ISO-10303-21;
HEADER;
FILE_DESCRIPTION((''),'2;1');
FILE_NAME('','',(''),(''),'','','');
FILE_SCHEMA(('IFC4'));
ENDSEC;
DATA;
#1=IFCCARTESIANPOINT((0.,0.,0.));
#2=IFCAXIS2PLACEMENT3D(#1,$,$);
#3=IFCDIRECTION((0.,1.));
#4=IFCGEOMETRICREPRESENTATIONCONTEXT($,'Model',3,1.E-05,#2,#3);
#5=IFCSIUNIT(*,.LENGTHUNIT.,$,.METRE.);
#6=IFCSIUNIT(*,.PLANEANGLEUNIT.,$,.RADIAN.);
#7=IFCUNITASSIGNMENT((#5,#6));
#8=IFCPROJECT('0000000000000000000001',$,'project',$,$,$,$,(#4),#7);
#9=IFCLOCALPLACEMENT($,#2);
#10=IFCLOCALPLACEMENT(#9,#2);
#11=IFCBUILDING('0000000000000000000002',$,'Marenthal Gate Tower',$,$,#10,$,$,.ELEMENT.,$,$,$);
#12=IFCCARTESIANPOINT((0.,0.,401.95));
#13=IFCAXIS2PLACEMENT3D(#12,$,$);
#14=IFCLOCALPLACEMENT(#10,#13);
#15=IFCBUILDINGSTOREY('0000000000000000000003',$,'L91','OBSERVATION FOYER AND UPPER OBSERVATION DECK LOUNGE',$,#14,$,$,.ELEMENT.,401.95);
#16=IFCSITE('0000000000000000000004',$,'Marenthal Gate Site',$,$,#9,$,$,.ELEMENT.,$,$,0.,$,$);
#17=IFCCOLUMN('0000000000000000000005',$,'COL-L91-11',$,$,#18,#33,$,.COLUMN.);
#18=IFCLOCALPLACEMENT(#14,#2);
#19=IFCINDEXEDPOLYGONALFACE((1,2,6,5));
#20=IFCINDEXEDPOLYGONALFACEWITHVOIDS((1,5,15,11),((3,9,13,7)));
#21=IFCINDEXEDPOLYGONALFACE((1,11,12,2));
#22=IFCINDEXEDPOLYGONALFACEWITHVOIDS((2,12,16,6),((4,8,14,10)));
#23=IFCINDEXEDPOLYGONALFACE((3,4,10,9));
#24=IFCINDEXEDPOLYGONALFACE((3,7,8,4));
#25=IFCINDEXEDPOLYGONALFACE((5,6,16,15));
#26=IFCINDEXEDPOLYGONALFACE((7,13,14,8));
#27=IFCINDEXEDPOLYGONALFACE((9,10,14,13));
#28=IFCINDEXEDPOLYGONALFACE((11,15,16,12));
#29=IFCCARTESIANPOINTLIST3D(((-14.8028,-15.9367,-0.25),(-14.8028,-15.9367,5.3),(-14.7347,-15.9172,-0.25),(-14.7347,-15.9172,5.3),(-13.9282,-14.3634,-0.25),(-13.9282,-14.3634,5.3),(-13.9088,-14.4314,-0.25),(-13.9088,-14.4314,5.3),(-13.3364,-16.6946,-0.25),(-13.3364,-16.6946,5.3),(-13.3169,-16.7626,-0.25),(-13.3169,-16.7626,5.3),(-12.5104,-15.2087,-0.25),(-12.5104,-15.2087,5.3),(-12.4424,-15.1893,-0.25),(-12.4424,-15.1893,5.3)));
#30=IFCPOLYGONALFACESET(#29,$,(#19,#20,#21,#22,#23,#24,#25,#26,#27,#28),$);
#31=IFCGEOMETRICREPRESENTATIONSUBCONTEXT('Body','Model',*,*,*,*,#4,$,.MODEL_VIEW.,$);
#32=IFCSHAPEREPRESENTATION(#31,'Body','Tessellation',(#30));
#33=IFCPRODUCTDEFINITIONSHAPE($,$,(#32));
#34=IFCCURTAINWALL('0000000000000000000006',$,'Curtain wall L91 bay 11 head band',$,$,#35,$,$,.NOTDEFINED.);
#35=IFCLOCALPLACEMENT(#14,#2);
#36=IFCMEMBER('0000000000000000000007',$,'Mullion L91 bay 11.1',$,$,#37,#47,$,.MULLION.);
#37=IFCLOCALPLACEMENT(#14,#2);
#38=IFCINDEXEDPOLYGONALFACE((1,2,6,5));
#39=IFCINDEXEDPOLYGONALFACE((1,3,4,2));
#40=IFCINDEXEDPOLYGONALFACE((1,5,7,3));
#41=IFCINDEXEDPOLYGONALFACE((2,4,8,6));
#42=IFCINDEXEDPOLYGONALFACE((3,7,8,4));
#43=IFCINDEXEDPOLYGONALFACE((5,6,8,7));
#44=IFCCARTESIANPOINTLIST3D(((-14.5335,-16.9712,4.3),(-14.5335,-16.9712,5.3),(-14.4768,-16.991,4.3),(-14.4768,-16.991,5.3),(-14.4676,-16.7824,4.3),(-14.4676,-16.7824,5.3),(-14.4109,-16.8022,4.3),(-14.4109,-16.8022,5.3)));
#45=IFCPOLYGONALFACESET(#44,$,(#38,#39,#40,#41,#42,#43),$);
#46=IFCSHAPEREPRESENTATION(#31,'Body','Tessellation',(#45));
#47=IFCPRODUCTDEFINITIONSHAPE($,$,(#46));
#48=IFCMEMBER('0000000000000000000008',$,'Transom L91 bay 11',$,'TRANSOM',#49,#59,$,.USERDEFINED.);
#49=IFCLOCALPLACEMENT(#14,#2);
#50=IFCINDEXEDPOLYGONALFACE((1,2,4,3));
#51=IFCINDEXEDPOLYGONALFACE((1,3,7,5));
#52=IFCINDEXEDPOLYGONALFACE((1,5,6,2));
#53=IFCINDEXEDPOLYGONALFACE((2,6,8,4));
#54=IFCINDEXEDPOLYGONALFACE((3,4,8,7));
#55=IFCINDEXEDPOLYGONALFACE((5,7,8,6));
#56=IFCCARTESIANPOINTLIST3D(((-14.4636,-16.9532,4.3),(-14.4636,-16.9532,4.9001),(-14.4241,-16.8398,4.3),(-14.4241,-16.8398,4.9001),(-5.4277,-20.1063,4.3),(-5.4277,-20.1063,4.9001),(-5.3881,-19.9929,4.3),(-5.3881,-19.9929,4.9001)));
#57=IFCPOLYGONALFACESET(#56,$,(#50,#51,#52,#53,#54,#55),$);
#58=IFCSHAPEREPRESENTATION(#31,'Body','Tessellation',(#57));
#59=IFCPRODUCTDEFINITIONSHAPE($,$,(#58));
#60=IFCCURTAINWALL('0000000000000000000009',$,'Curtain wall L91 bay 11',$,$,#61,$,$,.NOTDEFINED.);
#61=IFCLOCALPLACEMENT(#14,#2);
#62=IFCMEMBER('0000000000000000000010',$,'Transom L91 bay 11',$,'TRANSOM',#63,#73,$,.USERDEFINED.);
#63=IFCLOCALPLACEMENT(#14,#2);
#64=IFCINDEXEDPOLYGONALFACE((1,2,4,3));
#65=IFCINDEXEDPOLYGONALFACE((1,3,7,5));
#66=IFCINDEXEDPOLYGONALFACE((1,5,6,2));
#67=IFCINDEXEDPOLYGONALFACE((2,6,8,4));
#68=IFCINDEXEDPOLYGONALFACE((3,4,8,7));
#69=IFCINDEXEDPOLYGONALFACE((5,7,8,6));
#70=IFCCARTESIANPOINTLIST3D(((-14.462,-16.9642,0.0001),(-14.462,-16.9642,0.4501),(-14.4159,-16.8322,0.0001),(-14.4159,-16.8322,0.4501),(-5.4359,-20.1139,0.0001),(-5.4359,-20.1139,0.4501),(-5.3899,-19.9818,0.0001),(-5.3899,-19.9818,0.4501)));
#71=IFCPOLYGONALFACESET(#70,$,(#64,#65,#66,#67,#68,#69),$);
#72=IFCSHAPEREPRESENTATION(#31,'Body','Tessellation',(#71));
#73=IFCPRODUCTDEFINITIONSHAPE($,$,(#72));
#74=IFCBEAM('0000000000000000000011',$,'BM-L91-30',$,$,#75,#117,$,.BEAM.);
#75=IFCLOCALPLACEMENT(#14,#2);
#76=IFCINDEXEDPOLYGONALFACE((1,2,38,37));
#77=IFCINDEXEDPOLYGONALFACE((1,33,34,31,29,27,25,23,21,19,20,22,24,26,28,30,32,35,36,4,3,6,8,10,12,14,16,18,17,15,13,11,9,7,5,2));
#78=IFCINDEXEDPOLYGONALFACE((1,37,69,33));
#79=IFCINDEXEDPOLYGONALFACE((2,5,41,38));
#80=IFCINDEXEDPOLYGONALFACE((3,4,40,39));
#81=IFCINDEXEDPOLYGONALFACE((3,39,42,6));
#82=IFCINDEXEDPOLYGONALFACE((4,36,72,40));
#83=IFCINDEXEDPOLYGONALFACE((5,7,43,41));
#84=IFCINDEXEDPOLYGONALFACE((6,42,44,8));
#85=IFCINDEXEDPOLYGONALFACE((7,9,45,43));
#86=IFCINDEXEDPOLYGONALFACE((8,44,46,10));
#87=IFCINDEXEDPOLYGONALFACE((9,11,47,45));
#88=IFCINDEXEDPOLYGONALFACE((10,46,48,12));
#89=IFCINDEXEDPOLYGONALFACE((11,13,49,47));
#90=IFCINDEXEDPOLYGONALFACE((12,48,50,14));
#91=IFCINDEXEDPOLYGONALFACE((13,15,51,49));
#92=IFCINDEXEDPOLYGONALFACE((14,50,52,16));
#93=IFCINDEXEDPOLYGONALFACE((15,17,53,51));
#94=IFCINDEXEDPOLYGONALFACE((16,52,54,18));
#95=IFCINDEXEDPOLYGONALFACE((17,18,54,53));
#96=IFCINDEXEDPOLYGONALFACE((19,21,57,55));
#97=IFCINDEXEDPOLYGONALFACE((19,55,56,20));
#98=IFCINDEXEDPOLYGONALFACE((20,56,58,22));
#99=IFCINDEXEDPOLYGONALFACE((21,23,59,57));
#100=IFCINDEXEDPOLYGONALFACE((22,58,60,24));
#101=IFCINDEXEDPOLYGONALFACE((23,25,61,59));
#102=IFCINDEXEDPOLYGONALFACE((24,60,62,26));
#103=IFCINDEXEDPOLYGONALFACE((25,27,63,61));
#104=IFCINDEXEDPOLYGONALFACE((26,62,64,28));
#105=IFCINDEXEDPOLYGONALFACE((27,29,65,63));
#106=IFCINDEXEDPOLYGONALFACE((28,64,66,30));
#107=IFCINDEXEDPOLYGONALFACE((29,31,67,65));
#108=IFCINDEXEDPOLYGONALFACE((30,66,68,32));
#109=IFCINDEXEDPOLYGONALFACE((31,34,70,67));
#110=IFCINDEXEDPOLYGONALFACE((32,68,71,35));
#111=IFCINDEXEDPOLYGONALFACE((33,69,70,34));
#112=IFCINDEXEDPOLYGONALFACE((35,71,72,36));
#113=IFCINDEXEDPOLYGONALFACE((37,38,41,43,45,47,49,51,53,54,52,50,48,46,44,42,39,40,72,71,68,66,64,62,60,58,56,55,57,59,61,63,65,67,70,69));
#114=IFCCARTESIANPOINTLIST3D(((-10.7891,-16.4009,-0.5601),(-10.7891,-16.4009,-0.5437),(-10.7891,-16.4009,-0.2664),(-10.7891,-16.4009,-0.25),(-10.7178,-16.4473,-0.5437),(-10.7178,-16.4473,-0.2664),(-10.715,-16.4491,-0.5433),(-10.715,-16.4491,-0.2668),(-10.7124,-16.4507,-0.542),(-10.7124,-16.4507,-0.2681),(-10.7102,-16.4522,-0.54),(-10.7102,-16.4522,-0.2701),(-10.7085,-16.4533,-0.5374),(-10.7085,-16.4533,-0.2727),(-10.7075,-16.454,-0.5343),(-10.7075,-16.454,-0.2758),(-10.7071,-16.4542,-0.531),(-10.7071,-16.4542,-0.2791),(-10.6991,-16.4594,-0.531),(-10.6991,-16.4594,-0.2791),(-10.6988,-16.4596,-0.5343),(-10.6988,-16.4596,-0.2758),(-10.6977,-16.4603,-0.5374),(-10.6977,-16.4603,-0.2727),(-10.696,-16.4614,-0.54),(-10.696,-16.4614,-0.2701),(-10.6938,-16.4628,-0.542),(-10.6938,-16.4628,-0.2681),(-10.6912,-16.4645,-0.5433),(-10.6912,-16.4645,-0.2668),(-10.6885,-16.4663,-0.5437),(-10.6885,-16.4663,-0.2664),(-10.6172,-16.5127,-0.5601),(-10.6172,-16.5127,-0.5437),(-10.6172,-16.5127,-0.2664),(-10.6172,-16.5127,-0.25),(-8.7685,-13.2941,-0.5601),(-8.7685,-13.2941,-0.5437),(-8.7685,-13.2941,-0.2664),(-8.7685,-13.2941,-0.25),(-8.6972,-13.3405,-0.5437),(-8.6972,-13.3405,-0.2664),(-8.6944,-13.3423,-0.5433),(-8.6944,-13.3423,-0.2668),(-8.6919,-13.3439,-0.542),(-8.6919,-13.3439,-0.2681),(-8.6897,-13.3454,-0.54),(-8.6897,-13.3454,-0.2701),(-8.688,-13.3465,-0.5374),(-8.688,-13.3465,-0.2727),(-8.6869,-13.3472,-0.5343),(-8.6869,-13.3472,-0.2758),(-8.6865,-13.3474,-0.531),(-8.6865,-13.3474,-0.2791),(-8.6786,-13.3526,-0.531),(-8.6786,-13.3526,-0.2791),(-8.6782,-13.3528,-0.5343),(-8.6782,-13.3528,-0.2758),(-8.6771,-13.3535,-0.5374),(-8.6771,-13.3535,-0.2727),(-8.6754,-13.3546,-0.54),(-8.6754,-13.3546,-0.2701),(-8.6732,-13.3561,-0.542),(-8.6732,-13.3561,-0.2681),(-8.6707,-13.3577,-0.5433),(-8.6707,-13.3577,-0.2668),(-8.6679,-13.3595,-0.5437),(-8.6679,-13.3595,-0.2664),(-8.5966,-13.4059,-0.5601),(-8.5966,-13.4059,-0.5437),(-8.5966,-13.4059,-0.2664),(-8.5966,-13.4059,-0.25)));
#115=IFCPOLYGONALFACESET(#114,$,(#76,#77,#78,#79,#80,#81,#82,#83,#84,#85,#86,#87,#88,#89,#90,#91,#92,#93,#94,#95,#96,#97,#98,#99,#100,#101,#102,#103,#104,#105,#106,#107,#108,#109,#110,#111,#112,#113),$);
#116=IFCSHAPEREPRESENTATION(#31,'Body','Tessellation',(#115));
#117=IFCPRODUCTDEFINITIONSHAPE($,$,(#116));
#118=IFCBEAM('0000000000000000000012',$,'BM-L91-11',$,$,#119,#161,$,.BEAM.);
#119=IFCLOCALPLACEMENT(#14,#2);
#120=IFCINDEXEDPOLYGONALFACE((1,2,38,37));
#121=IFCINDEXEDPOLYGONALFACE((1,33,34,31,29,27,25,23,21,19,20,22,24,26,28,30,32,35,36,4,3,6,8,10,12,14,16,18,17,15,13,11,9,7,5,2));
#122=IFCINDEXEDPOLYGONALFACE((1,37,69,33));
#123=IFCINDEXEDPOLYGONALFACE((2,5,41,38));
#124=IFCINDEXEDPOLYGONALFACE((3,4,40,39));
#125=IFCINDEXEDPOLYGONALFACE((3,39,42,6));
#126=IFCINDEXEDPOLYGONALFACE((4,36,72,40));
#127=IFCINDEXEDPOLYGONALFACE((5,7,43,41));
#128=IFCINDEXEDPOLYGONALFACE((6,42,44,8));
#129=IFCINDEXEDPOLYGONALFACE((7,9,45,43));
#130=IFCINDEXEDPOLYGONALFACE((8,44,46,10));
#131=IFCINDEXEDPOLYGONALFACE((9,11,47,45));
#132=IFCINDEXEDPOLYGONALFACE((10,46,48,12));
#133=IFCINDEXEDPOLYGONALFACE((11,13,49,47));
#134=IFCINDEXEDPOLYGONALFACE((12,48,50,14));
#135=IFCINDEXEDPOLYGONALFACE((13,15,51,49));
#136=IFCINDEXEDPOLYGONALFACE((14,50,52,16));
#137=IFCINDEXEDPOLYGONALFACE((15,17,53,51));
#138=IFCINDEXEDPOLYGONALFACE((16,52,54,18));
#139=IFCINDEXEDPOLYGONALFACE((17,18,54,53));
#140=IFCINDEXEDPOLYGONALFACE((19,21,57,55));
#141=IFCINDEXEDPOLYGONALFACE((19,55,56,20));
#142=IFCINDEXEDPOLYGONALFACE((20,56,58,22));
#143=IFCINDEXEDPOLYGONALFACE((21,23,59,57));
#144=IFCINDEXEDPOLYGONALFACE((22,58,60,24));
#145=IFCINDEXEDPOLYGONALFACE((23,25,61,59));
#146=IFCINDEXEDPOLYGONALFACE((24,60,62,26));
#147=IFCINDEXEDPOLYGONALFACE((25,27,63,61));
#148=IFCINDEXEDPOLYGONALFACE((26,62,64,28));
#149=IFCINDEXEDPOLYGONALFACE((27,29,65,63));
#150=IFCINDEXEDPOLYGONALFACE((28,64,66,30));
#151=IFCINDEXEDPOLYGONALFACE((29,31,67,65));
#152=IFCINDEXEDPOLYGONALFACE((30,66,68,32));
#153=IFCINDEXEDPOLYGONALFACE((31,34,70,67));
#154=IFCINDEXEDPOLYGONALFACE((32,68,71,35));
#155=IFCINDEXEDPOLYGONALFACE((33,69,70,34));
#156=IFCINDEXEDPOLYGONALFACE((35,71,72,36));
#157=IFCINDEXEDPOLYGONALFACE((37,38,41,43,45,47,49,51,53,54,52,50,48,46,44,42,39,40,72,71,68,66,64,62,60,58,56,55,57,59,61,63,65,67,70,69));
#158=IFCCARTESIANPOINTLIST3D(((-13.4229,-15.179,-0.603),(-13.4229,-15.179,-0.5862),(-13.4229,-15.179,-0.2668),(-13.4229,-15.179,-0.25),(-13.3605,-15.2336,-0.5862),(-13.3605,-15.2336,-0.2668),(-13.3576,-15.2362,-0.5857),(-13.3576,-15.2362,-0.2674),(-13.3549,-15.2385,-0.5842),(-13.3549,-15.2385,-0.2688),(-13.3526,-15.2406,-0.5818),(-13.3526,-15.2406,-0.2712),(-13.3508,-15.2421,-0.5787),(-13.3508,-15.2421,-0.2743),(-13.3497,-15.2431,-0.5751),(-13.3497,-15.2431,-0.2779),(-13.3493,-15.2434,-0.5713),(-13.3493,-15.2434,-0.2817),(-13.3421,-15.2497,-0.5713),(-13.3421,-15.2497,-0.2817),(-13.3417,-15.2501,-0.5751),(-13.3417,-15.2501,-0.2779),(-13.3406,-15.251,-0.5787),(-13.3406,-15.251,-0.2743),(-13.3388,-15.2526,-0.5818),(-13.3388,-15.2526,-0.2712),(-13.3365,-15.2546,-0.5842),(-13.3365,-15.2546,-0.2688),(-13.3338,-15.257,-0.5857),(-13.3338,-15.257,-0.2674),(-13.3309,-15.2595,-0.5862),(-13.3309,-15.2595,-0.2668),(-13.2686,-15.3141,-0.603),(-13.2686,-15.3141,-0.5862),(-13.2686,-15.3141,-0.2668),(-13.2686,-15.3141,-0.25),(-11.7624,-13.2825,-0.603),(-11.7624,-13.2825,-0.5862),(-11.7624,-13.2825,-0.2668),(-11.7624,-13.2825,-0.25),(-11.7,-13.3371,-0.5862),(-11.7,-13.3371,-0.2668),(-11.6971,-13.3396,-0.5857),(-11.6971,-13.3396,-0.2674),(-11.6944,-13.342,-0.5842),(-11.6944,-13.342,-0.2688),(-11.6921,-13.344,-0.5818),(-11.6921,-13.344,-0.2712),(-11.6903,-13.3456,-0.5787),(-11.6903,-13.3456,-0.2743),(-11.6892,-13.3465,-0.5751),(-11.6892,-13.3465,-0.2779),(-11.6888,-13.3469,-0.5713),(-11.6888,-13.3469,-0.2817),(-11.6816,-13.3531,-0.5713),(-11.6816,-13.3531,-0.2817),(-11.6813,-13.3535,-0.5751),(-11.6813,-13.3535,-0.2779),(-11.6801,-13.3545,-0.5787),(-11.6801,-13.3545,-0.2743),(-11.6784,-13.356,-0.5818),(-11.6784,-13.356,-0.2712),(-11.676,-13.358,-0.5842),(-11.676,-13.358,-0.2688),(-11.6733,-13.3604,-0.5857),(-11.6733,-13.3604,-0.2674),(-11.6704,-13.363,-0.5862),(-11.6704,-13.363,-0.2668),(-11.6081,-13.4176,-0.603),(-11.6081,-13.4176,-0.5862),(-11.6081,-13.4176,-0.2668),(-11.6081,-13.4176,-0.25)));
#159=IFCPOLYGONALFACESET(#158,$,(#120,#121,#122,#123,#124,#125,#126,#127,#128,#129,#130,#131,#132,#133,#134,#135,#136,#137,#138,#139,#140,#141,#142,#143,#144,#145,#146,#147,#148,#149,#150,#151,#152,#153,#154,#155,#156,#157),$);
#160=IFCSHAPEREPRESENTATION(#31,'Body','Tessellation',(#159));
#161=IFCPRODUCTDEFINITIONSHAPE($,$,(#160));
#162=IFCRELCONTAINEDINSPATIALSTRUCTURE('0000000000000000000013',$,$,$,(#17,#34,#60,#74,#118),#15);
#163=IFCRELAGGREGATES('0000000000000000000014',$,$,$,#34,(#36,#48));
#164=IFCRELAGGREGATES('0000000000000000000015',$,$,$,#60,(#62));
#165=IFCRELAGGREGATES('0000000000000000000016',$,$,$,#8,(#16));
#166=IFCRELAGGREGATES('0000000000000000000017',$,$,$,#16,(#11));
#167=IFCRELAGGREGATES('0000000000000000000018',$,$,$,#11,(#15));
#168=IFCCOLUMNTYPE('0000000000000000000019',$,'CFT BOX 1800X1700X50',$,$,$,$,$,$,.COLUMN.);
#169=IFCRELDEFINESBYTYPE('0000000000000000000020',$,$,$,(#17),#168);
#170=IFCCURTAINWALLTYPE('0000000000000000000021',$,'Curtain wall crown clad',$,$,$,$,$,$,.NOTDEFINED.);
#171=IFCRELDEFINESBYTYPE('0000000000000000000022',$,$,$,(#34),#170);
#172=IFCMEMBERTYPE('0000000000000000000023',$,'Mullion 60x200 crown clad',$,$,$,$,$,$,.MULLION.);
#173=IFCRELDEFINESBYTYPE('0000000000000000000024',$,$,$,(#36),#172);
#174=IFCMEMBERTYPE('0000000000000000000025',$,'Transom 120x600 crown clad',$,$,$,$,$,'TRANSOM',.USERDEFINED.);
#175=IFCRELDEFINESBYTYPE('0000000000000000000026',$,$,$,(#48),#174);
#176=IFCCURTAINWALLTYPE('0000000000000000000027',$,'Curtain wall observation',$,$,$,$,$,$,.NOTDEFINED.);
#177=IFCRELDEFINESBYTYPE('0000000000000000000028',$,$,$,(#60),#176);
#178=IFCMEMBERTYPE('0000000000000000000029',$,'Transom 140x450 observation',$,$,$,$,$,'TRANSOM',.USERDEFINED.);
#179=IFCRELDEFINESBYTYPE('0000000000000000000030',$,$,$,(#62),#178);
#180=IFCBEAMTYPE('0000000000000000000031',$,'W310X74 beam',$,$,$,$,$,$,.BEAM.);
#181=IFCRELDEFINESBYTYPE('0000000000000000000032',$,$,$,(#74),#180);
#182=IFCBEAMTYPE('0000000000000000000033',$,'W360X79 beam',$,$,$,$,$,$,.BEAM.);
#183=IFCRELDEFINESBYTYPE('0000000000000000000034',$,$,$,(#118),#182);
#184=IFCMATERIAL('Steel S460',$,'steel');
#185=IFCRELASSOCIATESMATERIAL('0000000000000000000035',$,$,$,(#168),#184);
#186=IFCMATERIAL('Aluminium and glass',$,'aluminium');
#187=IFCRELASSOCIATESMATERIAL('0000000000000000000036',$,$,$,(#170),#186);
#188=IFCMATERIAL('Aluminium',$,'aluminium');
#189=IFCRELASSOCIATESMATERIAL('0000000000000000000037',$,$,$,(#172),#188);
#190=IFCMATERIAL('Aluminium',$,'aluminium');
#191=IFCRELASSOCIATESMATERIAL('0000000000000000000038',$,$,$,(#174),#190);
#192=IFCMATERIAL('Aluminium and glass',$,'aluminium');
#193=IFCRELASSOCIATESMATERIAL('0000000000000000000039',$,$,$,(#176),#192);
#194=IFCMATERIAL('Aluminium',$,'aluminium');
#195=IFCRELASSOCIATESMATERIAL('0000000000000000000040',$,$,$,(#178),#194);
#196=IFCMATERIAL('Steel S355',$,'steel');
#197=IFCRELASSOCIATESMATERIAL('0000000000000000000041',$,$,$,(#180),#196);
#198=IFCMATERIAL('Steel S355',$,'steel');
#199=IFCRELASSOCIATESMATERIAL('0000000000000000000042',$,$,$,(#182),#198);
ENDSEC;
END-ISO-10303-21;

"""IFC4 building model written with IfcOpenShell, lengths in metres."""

from ifc_helpers import new_model, si_unit, direction, frame, origin, origin_2d, place, context, subcontext, project, spatial, rectangle, hollow_rectangle, i_section, extrude, material, material_profile, profile_set, type_object, element, aggregate, save


model = new_model("IFC4")

# Units and contexts
model_context = context("Model", 3, precision=1e-05, world=origin(), true_north=direction((0.0, 1.0)))
body_context = subcontext(model_context, "Body", "Model", "MODEL_VIEW")
ifc_project = project(units=[si_unit("LENGTHUNIT", "METRE"), si_unit("PLANEANGLEUNIT", "RADIAN")], contexts=[model_context])

# Site, building, storey
site_placement = place(None, origin())
site = spatial("IfcSite", under=ifc_project, at=site_placement, Name="Marenthal Gate Site", CompositionType="ELEMENT", RefElevation=0.0)
building_placement = place(site_placement, origin())
building = spatial("IfcBuilding", under=site, at=building_placement, Name="Marenthal Gate Tower", CompositionType="ELEMENT")
storey_placement = place(building_placement, frame((0.0, 0.0, 401.95)))
storey = spatial("IfcBuildingStorey", under=building, at=storey_placement, Name="L91", Description="OBSERVATION FOYER AND UPPER OBSERVATION DECK LOUNGE", CompositionType="ELEMENT", Elevation=401.95)

# Column
ifc_material_1 = material(Name="Steel S460", Category="steel")
ifc_material_profile_1 = material_profile(ifc_material_1, hollow_rectangle(XDim=1.7, YDim=1.8, WallThickness=0.05, at=origin_2d()), Name="CFT BOX 1800X1700X50")
ifc_material_2 = material(Name="Concrete 70 MPa", Category="concrete")
ifc_material_profile_2 = material_profile(ifc_material_2, rectangle(XDim=1.6001, YDim=1.7, at=origin_2d()), Name="CFT BOX 1800X1700X50 INFILL")
ifc_profile_set_1 = profile_set([ifc_material_profile_1, ifc_material_profile_2], Name="Steel S460 shell, Concrete 70 MPa infill")
column_type = type_object("IfcColumnType", Name="CFT BOX 1800X1700X50", PredefinedType="COLUMN", material=ifc_profile_set_1)
column_placement = place(storey_placement, frame((-13.6226, -15.563, -0.25), z_axis=(0.0, 0.0, 1.0), x_axis=(-0.874037, 0.48586, 0.0)))
element("IfcColumn", 1, at=column_placement, inside=storey, type_object=column_type, Name="COL-L91-11", PredefinedType="COLUMN", context=body_context, shape_type="SweptSolid", body=[
    extrude(hollow_rectangle(XDim=1.7, YDim=1.8, WallThickness=0.05, at=origin_2d()), origin(), (0.0, 0.0, 1.0), 5.55),
])

# Curtain wall, members
ifc_material_3 = material(Name="Aluminium and glass", Category="aluminium")
curtain_wall_type_1 = type_object("IfcCurtainWallType", Name="Curtain wall crown clad", PredefinedType="NOTDEFINED", material=ifc_material_3)
curtain_wall_1_placement = place(storey_placement, origin())
curtain_wall_1 = element("IfcCurtainWall", 2, at=curtain_wall_1_placement, inside=storey, type_object=curtain_wall_type_1, Name="Curtain wall L91 bay 11 head band", PredefinedType="NOTDEFINED")
ifc_material_4 = material(Name="Aluminium", Category="aluminium")
ifc_material_profile_3 = material_profile(ifc_material_4, rectangle(XDim=0.2, YDim=0.0601, at=origin_2d()), Name="60x200 aluminium mullion")
ifc_profile_set_2 = profile_set([ifc_material_profile_3], Name="Aluminium")
member_type_1 = type_object("IfcMemberType", Name="Mullion 60x200 crown clad", PredefinedType="MULLION", material=ifc_profile_set_2)
member_1_placement = place(storey_placement, frame((-14.4722, -16.8867, 4.3), z_axis=(0.0, 0.0, 1.0), x_axis=(0.329454, 0.944172, 0.0)))
member_1 = element("IfcMember", 3, at=member_1_placement, type_object=member_type_1, Name="Mullion L91 bay 11.1", PredefinedType="MULLION", context=body_context, shape_type="SweptSolid", body=[
    extrude(rectangle(XDim=0.2, YDim=0.0601, at=origin_2d()), origin(), (0.0, 0.0, 1.0), 1.0),
])
ifc_material_5 = material(Name="Aluminium", Category="aluminium")
ifc_material_profile_4 = material_profile(ifc_material_5, rectangle(XDim=0.1201, YDim=0.6001, at=origin_2d()), Name="120x600 aluminium transom")
ifc_profile_set_3 = profile_set([ifc_material_profile_4], Name="Aluminium")
member_type_2 = type_object("IfcMemberType", Name="Transom 120x600 crown clad", ElementType="TRANSOM", PredefinedType="USERDEFINED", material=ifc_profile_set_3)
member_2_placement = place(storey_placement, frame((-14.4438, -16.8965, 4.6001), z_axis=(0.944167, -0.329467, 0.0), x_axis=(0.329467, 0.944167, 0.0)))
member_2 = element("IfcMember", 4, at=member_2_placement, type_object=member_type_2, Name="Transom L91 bay 11", ObjectType="TRANSOM", PredefinedType="USERDEFINED", context=body_context, shape_type="SweptSolid", body=[
    extrude(rectangle(XDim=0.1201, YDim=0.6001, at=origin_2d()), origin(), (0.0, 0.0, 1.0), 9.5703),
])
aggregate(curtain_wall_1, [member_1, member_2])

# Curtain wall, member
ifc_material_6 = material(Name="Aluminium and glass", Category="aluminium")
curtain_wall_type_2 = type_object("IfcCurtainWallType", Name="Curtain wall observation", PredefinedType="NOTDEFINED", material=ifc_material_6)
curtain_wall_2_placement = place(storey_placement, origin())
curtain_wall_2 = element("IfcCurtainWall", 5, at=curtain_wall_2_placement, inside=storey, type_object=curtain_wall_type_2, Name="Curtain wall L91 bay 11", PredefinedType="NOTDEFINED")
ifc_material_7 = material(Name="Aluminium", Category="aluminium")
ifc_material_profile_5 = material_profile(ifc_material_7, rectangle(XDim=0.1399, YDim=0.45, at=origin_2d()), Name="140x450 aluminium transom")
ifc_profile_set_4 = profile_set([ifc_material_profile_5], Name="Aluminium")
member_type_3 = type_object("IfcMemberType", Name="Transom 140x450 observation", ElementType="TRANSOM", PredefinedType="USERDEFINED", material=ifc_profile_set_4)
member_3_placement = place(storey_placement, frame((-14.439, -16.8982, 0.2251), z_axis=(0.944167, -0.329466, 0.0), x_axis=(0.329466, 0.944167, 0.0)))
member_3 = element("IfcMember", 6, at=member_3_placement, type_object=member_type_3, Name="Transom L91 bay 11", ObjectType="TRANSOM", PredefinedType="USERDEFINED", context=body_context, shape_type="SweptSolid", body=[
    extrude(rectangle(XDim=0.1399, YDim=0.45, at=origin_2d()), origin(), (0.0, 0.0, 1.0), 9.5598),
])
aggregate(curtain_wall_2, [member_3])

# Beams
ifc_material_8 = material(Name="Steel S355", Category="steel")
ifc_material_profile_6 = material_profile(ifc_material_8, i_section(OverallWidth=0.2051, OverallDepth=0.3101, WebThickness=0.0095, FlangeThickness=0.0164, FilletRadius=0.0127, at=origin_2d()), Name="W310X74")
ifc_profile_set_5 = profile_set([ifc_material_profile_6], Name="Steel S355")
beam_type_1 = type_object("IfcBeamType", Name="W310X74 beam", PredefinedType="BEAM", material=ifc_profile_set_5)
beam_1_placement = place(storey_placement, frame((-10.7031, -16.4568, -0.405), z_axis=(0.545208, 0.838301, 0.0), x_axis=(-0.838301, 0.545208, 0.0)))
element("IfcBeam", 7, at=beam_1_placement, inside=storey, type_object=beam_type_1, Name="BM-L91-30", PredefinedType="BEAM", context=body_context, shape_type="SweptSolid", body=[
    extrude(i_section(OverallWidth=0.2051, OverallDepth=0.3101, WebThickness=0.0095, FlangeThickness=0.0164, FilletRadius=0.0127, at=origin_2d()), origin(), (0.0, 0.0, 1.0), 3.7061),
])
ifc_material_9 = material(Name="Steel S355", Category="steel")
ifc_material_profile_7 = material_profile(ifc_material_9, i_section(OverallWidth=0.2051, OverallDepth=0.353, WebThickness=0.0095, FlangeThickness=0.0168, FilletRadius=0.0149, at=origin_2d()), Name="W360X79")
ifc_profile_set_6 = profile_set([ifc_material_profile_7], Name="Steel S355")
beam_type_2 = type_object("IfcBeamType", Name="W360X79 beam", PredefinedType="BEAM", material=ifc_profile_set_6)
beam_2_placement = place(storey_placement, frame((-13.3457, -15.2466, -0.4265), z_axis=(0.658724, 0.752385, 0.0), x_axis=(-0.752385, 0.658724, 0.0)))
element("IfcBeam", 8, at=beam_2_placement, inside=storey, type_object=beam_type_2, Name="BM-L91-11", PredefinedType="BEAM", context=body_context, shape_type="SweptSolid", body=[
    extrude(i_section(OverallWidth=0.2051, OverallDepth=0.353, WebThickness=0.0095, FlangeThickness=0.0168, FilletRadius=0.0149, at=origin_2d()), origin(), (0.0, 0.0, 1.0), 2.5208),
])

save(model, "model.ifc")
